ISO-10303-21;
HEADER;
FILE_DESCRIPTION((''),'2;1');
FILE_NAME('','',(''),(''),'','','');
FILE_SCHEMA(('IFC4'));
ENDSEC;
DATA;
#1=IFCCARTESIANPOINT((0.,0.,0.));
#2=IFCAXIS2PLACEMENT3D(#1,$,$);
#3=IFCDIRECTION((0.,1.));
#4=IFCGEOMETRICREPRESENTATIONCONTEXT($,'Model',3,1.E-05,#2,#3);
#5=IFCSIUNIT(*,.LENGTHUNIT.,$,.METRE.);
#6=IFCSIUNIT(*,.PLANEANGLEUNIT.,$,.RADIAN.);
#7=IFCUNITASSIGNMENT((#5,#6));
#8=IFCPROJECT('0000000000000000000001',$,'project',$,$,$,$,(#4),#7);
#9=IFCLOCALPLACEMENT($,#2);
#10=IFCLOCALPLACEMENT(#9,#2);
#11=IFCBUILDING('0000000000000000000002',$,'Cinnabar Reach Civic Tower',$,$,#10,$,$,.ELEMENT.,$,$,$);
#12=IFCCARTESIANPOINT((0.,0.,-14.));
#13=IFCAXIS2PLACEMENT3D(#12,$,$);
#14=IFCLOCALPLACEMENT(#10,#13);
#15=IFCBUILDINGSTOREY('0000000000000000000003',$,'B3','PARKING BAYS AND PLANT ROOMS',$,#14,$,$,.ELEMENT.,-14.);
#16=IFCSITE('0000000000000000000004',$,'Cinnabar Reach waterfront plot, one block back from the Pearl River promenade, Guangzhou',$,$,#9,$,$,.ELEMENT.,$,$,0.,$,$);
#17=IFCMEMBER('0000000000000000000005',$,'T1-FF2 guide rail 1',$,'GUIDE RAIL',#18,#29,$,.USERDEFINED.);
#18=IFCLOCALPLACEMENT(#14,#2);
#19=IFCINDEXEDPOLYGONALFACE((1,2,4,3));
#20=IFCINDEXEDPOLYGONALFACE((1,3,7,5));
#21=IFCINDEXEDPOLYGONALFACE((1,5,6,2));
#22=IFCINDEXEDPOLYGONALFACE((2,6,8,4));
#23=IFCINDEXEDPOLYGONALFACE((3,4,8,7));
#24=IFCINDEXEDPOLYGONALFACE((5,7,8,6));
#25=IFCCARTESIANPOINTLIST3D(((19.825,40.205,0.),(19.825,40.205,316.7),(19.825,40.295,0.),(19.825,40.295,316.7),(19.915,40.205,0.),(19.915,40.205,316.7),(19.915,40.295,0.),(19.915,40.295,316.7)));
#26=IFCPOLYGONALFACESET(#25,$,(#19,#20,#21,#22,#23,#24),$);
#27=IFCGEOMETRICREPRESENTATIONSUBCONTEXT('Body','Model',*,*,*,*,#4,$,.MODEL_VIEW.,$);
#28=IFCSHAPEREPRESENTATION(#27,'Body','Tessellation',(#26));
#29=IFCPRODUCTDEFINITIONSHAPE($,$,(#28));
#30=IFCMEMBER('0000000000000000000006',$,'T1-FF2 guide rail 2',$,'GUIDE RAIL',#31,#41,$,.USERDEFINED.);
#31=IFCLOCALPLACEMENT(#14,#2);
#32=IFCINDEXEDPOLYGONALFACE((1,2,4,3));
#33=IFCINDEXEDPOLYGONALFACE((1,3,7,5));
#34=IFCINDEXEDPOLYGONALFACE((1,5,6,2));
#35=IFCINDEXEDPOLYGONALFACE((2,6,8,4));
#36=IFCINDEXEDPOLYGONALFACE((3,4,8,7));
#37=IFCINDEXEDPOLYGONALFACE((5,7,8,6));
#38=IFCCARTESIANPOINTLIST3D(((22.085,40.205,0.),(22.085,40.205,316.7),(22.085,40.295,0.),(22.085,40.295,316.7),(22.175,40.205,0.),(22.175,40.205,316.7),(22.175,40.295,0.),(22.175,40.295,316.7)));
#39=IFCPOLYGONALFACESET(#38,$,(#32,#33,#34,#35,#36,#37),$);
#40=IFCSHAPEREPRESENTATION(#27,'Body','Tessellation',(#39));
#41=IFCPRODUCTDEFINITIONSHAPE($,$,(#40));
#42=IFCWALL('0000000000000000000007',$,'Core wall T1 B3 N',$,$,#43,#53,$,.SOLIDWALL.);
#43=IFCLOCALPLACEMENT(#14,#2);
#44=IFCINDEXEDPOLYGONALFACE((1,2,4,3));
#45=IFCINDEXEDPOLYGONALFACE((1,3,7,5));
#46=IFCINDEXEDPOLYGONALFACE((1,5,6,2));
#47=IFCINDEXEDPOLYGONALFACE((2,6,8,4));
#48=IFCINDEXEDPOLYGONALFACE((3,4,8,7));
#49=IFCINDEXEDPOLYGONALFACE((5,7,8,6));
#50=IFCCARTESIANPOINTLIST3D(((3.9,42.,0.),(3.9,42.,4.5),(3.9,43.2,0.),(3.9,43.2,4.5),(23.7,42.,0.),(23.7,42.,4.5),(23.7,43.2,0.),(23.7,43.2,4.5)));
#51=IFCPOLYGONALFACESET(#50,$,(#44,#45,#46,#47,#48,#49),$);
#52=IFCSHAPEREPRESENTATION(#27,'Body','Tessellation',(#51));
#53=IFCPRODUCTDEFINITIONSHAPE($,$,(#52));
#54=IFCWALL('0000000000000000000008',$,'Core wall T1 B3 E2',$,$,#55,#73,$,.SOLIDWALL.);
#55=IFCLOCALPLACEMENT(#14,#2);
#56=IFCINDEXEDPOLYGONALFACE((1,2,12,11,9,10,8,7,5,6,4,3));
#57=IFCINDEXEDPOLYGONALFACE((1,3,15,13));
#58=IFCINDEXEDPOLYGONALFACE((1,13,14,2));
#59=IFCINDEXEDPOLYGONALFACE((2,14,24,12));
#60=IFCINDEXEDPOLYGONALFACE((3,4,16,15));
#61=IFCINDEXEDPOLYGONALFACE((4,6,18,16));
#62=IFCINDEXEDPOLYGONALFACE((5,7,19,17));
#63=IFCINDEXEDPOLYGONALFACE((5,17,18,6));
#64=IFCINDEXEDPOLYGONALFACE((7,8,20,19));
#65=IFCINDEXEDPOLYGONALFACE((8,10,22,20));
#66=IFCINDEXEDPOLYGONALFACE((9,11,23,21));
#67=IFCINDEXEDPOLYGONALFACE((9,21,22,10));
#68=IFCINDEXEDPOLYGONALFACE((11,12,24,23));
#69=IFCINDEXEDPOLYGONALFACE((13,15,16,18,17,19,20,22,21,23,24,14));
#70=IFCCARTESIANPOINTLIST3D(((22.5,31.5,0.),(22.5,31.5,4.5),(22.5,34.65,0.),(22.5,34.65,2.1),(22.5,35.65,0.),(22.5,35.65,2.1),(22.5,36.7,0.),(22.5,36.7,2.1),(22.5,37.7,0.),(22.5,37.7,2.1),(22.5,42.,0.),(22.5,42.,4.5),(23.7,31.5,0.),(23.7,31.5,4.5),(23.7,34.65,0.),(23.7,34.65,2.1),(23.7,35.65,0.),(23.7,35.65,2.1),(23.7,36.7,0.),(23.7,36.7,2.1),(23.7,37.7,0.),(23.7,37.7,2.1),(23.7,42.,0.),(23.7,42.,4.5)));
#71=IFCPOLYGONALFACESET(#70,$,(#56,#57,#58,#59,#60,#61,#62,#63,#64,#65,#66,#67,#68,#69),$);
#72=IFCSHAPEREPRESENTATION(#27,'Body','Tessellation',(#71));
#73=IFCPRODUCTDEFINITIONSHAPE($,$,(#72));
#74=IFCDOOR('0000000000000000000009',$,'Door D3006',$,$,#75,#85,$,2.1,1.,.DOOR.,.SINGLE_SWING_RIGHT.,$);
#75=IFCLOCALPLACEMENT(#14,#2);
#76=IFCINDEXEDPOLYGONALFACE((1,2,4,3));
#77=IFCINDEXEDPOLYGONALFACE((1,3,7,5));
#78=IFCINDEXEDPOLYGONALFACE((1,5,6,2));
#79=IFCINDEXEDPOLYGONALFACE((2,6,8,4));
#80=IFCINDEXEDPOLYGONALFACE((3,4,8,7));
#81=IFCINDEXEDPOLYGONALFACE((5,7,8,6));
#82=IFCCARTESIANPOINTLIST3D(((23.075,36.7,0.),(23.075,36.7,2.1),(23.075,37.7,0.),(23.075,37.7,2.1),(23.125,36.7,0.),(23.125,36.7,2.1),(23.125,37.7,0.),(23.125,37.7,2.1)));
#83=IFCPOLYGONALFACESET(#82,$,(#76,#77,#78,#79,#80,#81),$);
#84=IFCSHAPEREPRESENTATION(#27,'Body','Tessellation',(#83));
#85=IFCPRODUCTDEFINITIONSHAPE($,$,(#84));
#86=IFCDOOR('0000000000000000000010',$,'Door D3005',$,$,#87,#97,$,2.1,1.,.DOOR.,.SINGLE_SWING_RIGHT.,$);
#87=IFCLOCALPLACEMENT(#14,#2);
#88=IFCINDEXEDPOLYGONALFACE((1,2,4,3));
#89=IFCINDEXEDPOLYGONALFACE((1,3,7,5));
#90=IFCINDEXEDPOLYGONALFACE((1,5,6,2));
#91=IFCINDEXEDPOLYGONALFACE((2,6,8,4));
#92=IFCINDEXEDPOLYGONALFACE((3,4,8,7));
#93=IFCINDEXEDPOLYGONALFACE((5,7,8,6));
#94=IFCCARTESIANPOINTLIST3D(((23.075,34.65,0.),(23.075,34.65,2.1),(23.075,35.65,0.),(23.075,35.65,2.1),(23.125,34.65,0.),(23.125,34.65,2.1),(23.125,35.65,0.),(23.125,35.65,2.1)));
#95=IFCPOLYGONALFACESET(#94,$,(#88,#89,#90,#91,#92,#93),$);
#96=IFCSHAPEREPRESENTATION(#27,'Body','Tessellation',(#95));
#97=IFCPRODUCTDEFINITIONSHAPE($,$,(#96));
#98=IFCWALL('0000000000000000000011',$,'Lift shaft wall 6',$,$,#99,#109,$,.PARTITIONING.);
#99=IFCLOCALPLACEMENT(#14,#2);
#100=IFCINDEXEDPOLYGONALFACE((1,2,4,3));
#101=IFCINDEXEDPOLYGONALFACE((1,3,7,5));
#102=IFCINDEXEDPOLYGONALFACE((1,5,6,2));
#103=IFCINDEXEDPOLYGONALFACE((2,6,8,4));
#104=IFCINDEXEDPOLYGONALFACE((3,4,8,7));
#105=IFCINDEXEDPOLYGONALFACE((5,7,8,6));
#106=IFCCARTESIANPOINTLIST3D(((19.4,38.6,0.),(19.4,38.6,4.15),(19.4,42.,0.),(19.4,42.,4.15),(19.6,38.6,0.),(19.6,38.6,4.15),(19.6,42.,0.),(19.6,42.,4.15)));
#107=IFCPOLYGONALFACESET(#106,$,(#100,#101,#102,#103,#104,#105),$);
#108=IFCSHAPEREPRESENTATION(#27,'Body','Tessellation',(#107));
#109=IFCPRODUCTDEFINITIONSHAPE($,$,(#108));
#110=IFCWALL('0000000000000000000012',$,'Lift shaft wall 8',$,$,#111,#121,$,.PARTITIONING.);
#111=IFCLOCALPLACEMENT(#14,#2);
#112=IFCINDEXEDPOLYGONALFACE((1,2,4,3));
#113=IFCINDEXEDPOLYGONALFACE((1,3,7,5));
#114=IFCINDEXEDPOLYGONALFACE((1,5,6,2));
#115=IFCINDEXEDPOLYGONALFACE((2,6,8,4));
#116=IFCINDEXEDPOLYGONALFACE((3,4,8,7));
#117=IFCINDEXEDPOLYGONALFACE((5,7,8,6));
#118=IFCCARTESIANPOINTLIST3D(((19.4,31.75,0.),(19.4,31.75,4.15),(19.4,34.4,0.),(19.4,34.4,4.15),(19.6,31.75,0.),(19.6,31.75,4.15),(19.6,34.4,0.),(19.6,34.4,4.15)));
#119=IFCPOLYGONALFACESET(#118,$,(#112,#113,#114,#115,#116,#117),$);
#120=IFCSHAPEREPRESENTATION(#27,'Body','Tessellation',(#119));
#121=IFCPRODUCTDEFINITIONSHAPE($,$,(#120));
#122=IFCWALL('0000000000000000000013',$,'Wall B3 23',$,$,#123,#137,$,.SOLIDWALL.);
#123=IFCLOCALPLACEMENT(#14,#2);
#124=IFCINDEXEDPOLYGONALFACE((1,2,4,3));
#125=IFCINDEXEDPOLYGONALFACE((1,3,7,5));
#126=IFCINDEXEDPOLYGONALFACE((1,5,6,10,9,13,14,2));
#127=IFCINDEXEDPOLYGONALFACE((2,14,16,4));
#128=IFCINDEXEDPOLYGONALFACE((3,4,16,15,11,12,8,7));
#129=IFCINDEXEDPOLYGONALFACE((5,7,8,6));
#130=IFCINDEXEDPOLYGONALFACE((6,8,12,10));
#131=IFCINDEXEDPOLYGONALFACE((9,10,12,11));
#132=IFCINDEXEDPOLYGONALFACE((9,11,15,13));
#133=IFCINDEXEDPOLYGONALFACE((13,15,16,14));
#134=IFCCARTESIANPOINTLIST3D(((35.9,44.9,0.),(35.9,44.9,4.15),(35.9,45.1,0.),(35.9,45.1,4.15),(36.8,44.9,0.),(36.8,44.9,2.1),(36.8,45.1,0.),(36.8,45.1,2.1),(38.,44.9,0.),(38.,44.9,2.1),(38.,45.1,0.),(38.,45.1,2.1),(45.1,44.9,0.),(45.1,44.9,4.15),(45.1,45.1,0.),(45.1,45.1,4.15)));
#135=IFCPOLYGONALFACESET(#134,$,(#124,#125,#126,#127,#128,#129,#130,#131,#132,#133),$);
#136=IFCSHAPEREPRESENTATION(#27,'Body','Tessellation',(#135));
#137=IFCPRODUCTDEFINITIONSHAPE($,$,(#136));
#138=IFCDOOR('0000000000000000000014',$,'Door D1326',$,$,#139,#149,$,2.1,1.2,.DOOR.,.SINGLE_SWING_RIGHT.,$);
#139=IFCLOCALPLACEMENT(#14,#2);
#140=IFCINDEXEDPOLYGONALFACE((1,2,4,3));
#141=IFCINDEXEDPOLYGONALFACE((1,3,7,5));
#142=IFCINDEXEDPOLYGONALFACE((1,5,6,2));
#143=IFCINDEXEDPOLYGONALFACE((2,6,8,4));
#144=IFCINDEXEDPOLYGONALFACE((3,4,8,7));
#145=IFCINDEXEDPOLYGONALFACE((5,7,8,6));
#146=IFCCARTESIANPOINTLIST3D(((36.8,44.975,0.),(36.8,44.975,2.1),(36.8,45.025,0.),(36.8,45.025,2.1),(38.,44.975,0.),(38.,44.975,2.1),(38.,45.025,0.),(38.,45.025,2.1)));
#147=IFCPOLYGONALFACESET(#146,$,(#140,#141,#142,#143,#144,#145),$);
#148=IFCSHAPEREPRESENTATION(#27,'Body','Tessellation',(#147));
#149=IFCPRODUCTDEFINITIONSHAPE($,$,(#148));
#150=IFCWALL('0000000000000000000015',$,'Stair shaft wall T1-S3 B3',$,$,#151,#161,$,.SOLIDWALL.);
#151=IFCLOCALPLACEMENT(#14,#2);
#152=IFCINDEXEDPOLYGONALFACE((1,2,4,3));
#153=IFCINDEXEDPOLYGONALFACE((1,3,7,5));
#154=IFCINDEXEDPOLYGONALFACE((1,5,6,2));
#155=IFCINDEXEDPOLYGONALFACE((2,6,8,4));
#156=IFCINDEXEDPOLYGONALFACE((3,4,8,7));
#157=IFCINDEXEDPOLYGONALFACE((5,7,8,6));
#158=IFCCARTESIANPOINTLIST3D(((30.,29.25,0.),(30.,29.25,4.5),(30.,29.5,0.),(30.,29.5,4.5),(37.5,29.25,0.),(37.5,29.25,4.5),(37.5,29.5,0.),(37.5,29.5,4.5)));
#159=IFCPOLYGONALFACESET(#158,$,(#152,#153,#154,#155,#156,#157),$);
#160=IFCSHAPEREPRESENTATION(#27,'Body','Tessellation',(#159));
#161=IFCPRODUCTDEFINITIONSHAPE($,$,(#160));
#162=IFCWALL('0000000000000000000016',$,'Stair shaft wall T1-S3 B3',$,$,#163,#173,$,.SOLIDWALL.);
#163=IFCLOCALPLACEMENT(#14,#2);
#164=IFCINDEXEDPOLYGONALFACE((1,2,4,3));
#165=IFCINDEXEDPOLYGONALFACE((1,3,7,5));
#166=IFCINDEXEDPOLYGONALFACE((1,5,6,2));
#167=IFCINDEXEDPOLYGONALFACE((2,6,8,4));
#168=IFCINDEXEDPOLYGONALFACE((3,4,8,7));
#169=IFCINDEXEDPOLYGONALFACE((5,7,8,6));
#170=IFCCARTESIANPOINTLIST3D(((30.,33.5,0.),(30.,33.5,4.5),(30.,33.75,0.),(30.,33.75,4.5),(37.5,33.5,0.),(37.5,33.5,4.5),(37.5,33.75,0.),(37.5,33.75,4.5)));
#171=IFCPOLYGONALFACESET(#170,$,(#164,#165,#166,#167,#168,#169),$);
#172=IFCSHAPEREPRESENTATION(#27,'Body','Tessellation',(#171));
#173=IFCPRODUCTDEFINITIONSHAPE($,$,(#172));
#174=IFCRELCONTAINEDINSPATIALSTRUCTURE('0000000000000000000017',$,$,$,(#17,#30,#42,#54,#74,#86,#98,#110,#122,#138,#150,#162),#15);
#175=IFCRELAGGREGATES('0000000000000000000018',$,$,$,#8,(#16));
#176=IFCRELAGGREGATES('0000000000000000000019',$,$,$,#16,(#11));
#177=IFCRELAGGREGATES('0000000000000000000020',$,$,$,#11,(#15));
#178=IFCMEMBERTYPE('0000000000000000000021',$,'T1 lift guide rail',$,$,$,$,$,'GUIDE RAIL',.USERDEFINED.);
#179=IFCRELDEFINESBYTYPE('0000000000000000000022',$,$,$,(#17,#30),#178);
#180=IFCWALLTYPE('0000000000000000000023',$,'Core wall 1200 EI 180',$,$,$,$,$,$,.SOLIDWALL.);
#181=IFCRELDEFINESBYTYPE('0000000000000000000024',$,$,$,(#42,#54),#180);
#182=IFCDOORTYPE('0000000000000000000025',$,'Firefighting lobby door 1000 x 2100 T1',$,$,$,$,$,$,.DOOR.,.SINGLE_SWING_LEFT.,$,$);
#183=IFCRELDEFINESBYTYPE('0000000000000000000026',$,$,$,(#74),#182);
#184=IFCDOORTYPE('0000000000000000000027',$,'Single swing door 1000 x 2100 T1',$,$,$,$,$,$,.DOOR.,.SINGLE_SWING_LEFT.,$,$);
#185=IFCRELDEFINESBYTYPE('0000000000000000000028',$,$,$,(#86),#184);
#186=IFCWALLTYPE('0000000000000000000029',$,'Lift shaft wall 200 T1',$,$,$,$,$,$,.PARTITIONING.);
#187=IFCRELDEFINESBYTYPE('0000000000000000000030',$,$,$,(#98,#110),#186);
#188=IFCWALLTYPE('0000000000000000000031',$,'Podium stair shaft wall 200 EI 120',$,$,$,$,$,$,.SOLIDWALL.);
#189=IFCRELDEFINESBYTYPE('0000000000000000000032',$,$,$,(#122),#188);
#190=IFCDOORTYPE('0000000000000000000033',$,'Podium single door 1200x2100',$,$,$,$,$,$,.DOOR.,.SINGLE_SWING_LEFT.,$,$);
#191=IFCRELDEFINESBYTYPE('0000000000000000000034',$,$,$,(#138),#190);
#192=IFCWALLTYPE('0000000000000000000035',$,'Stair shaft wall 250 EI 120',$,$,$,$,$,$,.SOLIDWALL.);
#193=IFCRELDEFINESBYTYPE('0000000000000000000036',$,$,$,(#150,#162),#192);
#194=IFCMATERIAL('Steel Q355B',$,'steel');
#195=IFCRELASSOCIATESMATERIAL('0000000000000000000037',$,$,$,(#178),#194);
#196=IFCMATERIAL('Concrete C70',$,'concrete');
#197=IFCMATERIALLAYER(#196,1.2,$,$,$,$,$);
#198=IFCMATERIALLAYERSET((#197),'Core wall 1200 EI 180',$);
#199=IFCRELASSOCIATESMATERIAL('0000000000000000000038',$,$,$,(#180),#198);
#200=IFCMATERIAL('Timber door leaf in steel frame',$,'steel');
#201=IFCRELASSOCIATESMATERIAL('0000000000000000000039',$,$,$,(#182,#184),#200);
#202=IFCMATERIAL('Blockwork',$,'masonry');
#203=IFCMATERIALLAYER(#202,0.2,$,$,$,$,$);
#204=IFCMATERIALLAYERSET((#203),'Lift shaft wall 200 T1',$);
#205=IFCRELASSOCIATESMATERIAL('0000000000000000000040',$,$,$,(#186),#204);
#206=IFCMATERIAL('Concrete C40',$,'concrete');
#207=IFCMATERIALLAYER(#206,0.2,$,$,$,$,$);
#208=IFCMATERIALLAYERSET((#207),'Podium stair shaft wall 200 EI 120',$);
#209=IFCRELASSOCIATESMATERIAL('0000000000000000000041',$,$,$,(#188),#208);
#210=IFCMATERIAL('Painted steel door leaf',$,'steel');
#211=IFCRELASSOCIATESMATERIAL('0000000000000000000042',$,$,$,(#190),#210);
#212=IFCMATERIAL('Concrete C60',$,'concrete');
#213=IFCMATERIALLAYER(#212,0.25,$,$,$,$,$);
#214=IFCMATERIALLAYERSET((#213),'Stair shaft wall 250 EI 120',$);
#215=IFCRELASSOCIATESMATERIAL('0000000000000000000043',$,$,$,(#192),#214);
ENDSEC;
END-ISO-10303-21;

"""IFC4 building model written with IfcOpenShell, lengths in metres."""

from ifc_helpers import new_model, si_unit, direction, frame, frame_2d, origin, origin_2d, place, context, subcontext, project, spatial, rectangle, extrude, material, layer, layer_set, material_profile, profile_set, type_object, element, fill, save


model = new_model("IFC4")

# Units and contexts
model_context = context("Model", 3, precision=1e-05, world=origin(), true_north=direction((0.0, 1.0)))
body_context = subcontext(model_context, "Body", "Model", "MODEL_VIEW")
ifc_project = project(units=[si_unit("LENGTHUNIT", "METRE"), si_unit("PLANEANGLEUNIT", "RADIAN")], contexts=[model_context])

# Site, building, storey
site_placement = place(None, origin())
site = spatial("IfcSite", under=ifc_project, at=site_placement, Name="Cinnabar Reach waterfront plot, one block back from the Pearl River promenade, Guangzhou", CompositionType="ELEMENT", RefElevation=0.0)
building_placement = place(site_placement, origin())
building = spatial("IfcBuilding", under=site, at=building_placement, Name="Cinnabar Reach Civic Tower", CompositionType="ELEMENT")
storey_placement = place(building_placement, frame((0.0, 0.0, -14.0)))
storey = spatial("IfcBuildingStorey", under=building, at=storey_placement, Name="B3", Description="PARKING BAYS AND PLANT ROOMS", CompositionType="ELEMENT", Elevation=-14.0)

# Shared definitions
ifc_material_1 = material(Name="Concrete C40", Category="concrete")

# Shared definitions
ifc_material_2 = material(Name="Concrete C70", Category="concrete")

# Members
ifc_material_3 = material(Name="Steel Q355B", Category="steel")
ifc_material_profile_1 = material_profile(ifc_material_3, rectangle(XDim=0.09, YDim=0.09, at=origin_2d()), Name="T1 lift guide rail")
ifc_profile_set_1 = profile_set([ifc_material_profile_1], Name="Steel Q355B")
member_type = type_object("IfcMemberType", Name="T1 lift guide rail", ElementType="GUIDE RAIL", PredefinedType="USERDEFINED", material=ifc_profile_set_1)
for number, where, z_axis, x_axis, name in (
    (1, (19.87, 40.25, 0.0), (0.0, 0.0, 1.0), (1.0, 0.0, 0.0), "T1-FF2 guide rail 1"),
    (2, (22.13, 40.25, 0.0), (0.0, 0.0, 1.0), (1.0, 0.0, 0.0), "T1-FF2 guide rail 2"),
):
    element("IfcMember", number, at=place(storey_placement, frame(where, z_axis=z_axis, x_axis=x_axis)), inside=storey, type_object=member_type, Name=name, ObjectType="GUIDE RAIL", PredefinedType="USERDEFINED", context=body_context, shape_type="SweptSolid", body=[
        extrude(rectangle(XDim=0.09, YDim=0.09, at=origin_2d()), origin(), (0.0, 0.0, 1.0), 316.7),
    ])

# Wall
ifc_layer_1 = layer(ifc_material_2, 1.2)
ifc_layer_set_1 = layer_set([ifc_layer_1], Name="Core wall 1200 EI 180")
wall_type_1 = type_object("IfcWallType", Name="Core wall 1200 EI 180", PredefinedType="SOLIDWALL", material=ifc_layer_set_1)
wall_1_placement = place(storey_placement, frame((23.7, 42.6, 0.0), z_axis=(0.0, 0.0, 1.0), x_axis=(-1.0, 0.0, 0.0)))
element("IfcWall", 3, at=wall_1_placement, inside=storey, type_object=wall_type_1, Name="Core wall T1 B3 N", PredefinedType="SOLIDWALL", context=body_context, shape_type="SweptSolid", body=[
    extrude(rectangle(XDim=19.8, YDim=1.2, at=frame_2d((9.9, 0.0))), origin(), (0.0, 0.0, 1.0), 4.5),
])

# Wall, openings, doors
wall_2_placement = place(storey_placement, frame((23.1, 31.5, 0.0), z_axis=(0.0, 0.0, 1.0), x_axis=(0.0, 1.0, 0.0)))
wall_2 = element("IfcWall", 4, at=wall_2_placement, inside=storey, type_object=wall_type_1, Name="Core wall T1 B3 E2", PredefinedType="SOLIDWALL", context=body_context, shape_type="SweptSolid", body=[
    extrude(rectangle(XDim=10.5, YDim=1.2, at=frame_2d((5.25, 0.0))), origin(), (0.0, 0.0, 1.0), 4.5),
])
opening_1_placement = place(wall_2_placement, frame((3.15, 0.0, 0.0)))
opening_1 = element("IfcOpeningElement", 5, at=opening_1_placement, cuts=wall_2, PredefinedType="OPENING", context=body_context, shape_type="SweptSolid", body=[
    extrude(rectangle(XDim=1.0, YDim=2.1, at=frame_2d((0.5, 1.05))), frame((0.0, 0.61, 0.0), z_axis=(0.0, -1.0, 0.0), x_axis=(1.0, 0.0, 0.0)), (0.0, 0.0, 1.0), 1.22),
])
opening_2_placement = place(wall_2_placement, frame((5.2, 0.0, 0.0)))
opening_2 = element("IfcOpeningElement", 6, at=opening_2_placement, cuts=wall_2, PredefinedType="OPENING", context=body_context, shape_type="SweptSolid", body=[
    extrude(rectangle(XDim=1.0, YDim=2.1, at=frame_2d((0.5, 1.05))), frame((0.0, 0.61, 0.0), z_axis=(0.0, -1.0, 0.0), x_axis=(1.0, 0.0, 0.0)), (0.0, 0.0, 1.0), 1.22),
])
ifc_material_4 = material(Name="Timber door leaf in steel frame", Category="steel")
door_type_1 = type_object("IfcDoorType", Name="Firefighting lobby door 1000 x 2100 T1", OperationType="SINGLE_SWING_LEFT", PredefinedType="DOOR", material=ifc_material_4)
door_1_placement = place(opening_2_placement, frame((1.0, 0.0, 0.0), z_axis=(0.0, 0.0, 1.0), x_axis=(-1.0, 0.0, 0.0)))
door_1 = element("IfcDoor", 7, at=door_1_placement, inside=storey, type_object=door_type_1, Name="Door D3006", OperationType="SINGLE_SWING_RIGHT", OverallHeight=2.1, OverallWidth=1.0, PredefinedType="DOOR", context=body_context, shape_type="SweptSolid", body=[
    extrude(rectangle(XDim=1.0, YDim=2.1, at=frame_2d((0.5, 1.05))), frame((0.0, 0.025, 0.0), z_axis=(0.0, -1.0, 0.0), x_axis=(1.0, 0.0, 0.0)), (0.0, 0.0, 1.0), 0.05),
])
fill(opening_2, door_1)
door_type_2 = type_object("IfcDoorType", Name="Single swing door 1000 x 2100 T1", OperationType="SINGLE_SWING_LEFT", PredefinedType="DOOR", material=ifc_material_4)
door_2_placement = place(opening_1_placement, frame((1.0, 0.0, 0.0), z_axis=(0.0, 0.0, 1.0), x_axis=(-1.0, 0.0, 0.0)))
door_2 = element("IfcDoor", 8, at=door_2_placement, inside=storey, type_object=door_type_2, Name="Door D3005", OperationType="SINGLE_SWING_RIGHT", OverallHeight=2.1, OverallWidth=1.0, PredefinedType="DOOR", context=body_context, shape_type="SweptSolid", body=[
    extrude(rectangle(XDim=1.0, YDim=2.1, at=frame_2d((0.5, 1.05))), frame((0.0, 0.025, 0.0), z_axis=(0.0, -1.0, 0.0), x_axis=(1.0, 0.0, 0.0)), (0.0, 0.0, 1.0), 0.05),
])
fill(opening_1, door_2)

# Walls
ifc_material_5 = material(Name="Blockwork", Category="masonry")
ifc_layer_2 = layer(ifc_material_5, 0.2)
ifc_layer_set_2 = layer_set([ifc_layer_2], Name="Lift shaft wall 200 T1")
wall_type_2 = type_object("IfcWallType", Name="Lift shaft wall 200 T1", PredefinedType="PARTITIONING", material=ifc_layer_set_2)
wall_3_placement = place(storey_placement, frame((19.5, 38.6, 0.0), z_axis=(0.0, 0.0, 1.0), x_axis=(0.0, 1.0, 0.0)))
element("IfcWall", 9, at=wall_3_placement, inside=storey, type_object=wall_type_2, Name="Lift shaft wall 6", PredefinedType="PARTITIONING", context=body_context, shape_type="SweptSolid", body=[
    extrude(rectangle(XDim=3.4, YDim=0.2, at=frame_2d((1.7, 0.0))), origin(), (0.0, 0.0, 1.0), 4.15),
])
wall_4_placement = place(storey_placement, frame((19.5, 31.75, 0.0), z_axis=(0.0, 0.0, 1.0), x_axis=(0.0, 1.0, 0.0)))
element("IfcWall", 10, at=wall_4_placement, inside=storey, type_object=wall_type_2, Name="Lift shaft wall 8", PredefinedType="PARTITIONING", context=body_context, shape_type="SweptSolid", body=[
    extrude(rectangle(XDim=2.65, YDim=0.2, at=frame_2d((1.325, 0.0))), origin(), (0.0, 0.0, 1.0), 4.15),
])

# Wall, opening, door
ifc_layer_3 = layer(ifc_material_1, 0.2)
ifc_layer_set_3 = layer_set([ifc_layer_3], Name="Podium stair shaft wall 200 EI 120")
wall_type_3 = type_object("IfcWallType", Name="Podium stair shaft wall 200 EI 120", PredefinedType="SOLIDWALL", material=ifc_layer_set_3)
wall_5_placement = place(storey_placement, frame((35.9, 45.0, 0.0), z_axis=(0.0, 0.0, 1.0), x_axis=(1.0, 0.0, 0.0)))
wall_5 = element("IfcWall", 11, at=wall_5_placement, inside=storey, type_object=wall_type_3, Name="Wall B3 23", PredefinedType="SOLIDWALL", context=body_context, shape_type="SweptSolid", body=[
    extrude(rectangle(XDim=9.2, YDim=0.2, at=frame_2d((4.6, 0.0))), origin(), (0.0, 0.0, 1.0), 4.15),
])
opening_3_placement = place(wall_5_placement, frame((0.9, 0.0, 0.0)))
opening_3 = element("IfcOpeningElement", 12, at=opening_3_placement, cuts=wall_5, PredefinedType="OPENING", context=body_context, shape_type="SweptSolid", body=[
    extrude(rectangle(XDim=1.2, YDim=2.1, at=frame_2d((0.6, 1.05))), frame((0.0, 0.11, 0.0), z_axis=(0.0, -1.0, 0.0), x_axis=(1.0, 0.0, 0.0)), (0.0, 0.0, 1.0), 0.22),
])
ifc_material_6 = material(Name="Painted steel door leaf", Category="steel")
door_type_3 = type_object("IfcDoorType", Name="Podium single door 1200x2100", OperationType="SINGLE_SWING_LEFT", PredefinedType="DOOR", material=ifc_material_6)
door_3_placement = place(opening_3_placement, origin())
door_3 = element("IfcDoor", 13, at=door_3_placement, inside=storey, type_object=door_type_3, Name="Door D1326", OperationType="SINGLE_SWING_RIGHT", OverallHeight=2.1, OverallWidth=1.2, PredefinedType="DOOR", context=body_context, shape_type="SweptSolid", body=[
    extrude(rectangle(XDim=1.2, YDim=2.1, at=frame_2d((0.6, 1.05))), frame((0.0, 0.025, 0.0), z_axis=(0.0, -1.0, 0.0), x_axis=(1.0, 0.0, 0.0)), (0.0, 0.0, 1.0), 0.05),
])
fill(opening_3, door_3)

# Walls
ifc_material_7 = material(Name="Concrete C60", Category="concrete")
ifc_layer_4 = layer(ifc_material_7, 0.25)
ifc_layer_set_4 = layer_set([ifc_layer_4], Name="Stair shaft wall 250 EI 120")
wall_type_4 = type_object("IfcWallType", Name="Stair shaft wall 250 EI 120", PredefinedType="SOLIDWALL", material=ifc_layer_set_4)
for number, where, z_axis, x_axis, name in (
    (14, (30.0, 29.375, 0.0), (0.0, 0.0, 1.0), (1.0, 0.0, 0.0), "Stair shaft wall T1-S3 B3"),
    (15, (37.5, 33.625, 0.0), (0.0, 0.0, 1.0), (-1.0, 0.0, 0.0), "Stair shaft wall T1-S3 B3"),
):
    element("IfcWall", number, at=place(storey_placement, frame(where, z_axis=z_axis, x_axis=x_axis)), inside=storey, type_object=wall_type_4, Name=name, PredefinedType="SOLIDWALL", context=body_context, shape_type="SweptSolid", body=[
        extrude(rectangle(XDim=7.5, YDim=0.25, at=frame_2d((3.75, 0.0))), origin(), (0.0, 0.0, 1.0), 4.5),
    ])

save(model, "model.ifc")
